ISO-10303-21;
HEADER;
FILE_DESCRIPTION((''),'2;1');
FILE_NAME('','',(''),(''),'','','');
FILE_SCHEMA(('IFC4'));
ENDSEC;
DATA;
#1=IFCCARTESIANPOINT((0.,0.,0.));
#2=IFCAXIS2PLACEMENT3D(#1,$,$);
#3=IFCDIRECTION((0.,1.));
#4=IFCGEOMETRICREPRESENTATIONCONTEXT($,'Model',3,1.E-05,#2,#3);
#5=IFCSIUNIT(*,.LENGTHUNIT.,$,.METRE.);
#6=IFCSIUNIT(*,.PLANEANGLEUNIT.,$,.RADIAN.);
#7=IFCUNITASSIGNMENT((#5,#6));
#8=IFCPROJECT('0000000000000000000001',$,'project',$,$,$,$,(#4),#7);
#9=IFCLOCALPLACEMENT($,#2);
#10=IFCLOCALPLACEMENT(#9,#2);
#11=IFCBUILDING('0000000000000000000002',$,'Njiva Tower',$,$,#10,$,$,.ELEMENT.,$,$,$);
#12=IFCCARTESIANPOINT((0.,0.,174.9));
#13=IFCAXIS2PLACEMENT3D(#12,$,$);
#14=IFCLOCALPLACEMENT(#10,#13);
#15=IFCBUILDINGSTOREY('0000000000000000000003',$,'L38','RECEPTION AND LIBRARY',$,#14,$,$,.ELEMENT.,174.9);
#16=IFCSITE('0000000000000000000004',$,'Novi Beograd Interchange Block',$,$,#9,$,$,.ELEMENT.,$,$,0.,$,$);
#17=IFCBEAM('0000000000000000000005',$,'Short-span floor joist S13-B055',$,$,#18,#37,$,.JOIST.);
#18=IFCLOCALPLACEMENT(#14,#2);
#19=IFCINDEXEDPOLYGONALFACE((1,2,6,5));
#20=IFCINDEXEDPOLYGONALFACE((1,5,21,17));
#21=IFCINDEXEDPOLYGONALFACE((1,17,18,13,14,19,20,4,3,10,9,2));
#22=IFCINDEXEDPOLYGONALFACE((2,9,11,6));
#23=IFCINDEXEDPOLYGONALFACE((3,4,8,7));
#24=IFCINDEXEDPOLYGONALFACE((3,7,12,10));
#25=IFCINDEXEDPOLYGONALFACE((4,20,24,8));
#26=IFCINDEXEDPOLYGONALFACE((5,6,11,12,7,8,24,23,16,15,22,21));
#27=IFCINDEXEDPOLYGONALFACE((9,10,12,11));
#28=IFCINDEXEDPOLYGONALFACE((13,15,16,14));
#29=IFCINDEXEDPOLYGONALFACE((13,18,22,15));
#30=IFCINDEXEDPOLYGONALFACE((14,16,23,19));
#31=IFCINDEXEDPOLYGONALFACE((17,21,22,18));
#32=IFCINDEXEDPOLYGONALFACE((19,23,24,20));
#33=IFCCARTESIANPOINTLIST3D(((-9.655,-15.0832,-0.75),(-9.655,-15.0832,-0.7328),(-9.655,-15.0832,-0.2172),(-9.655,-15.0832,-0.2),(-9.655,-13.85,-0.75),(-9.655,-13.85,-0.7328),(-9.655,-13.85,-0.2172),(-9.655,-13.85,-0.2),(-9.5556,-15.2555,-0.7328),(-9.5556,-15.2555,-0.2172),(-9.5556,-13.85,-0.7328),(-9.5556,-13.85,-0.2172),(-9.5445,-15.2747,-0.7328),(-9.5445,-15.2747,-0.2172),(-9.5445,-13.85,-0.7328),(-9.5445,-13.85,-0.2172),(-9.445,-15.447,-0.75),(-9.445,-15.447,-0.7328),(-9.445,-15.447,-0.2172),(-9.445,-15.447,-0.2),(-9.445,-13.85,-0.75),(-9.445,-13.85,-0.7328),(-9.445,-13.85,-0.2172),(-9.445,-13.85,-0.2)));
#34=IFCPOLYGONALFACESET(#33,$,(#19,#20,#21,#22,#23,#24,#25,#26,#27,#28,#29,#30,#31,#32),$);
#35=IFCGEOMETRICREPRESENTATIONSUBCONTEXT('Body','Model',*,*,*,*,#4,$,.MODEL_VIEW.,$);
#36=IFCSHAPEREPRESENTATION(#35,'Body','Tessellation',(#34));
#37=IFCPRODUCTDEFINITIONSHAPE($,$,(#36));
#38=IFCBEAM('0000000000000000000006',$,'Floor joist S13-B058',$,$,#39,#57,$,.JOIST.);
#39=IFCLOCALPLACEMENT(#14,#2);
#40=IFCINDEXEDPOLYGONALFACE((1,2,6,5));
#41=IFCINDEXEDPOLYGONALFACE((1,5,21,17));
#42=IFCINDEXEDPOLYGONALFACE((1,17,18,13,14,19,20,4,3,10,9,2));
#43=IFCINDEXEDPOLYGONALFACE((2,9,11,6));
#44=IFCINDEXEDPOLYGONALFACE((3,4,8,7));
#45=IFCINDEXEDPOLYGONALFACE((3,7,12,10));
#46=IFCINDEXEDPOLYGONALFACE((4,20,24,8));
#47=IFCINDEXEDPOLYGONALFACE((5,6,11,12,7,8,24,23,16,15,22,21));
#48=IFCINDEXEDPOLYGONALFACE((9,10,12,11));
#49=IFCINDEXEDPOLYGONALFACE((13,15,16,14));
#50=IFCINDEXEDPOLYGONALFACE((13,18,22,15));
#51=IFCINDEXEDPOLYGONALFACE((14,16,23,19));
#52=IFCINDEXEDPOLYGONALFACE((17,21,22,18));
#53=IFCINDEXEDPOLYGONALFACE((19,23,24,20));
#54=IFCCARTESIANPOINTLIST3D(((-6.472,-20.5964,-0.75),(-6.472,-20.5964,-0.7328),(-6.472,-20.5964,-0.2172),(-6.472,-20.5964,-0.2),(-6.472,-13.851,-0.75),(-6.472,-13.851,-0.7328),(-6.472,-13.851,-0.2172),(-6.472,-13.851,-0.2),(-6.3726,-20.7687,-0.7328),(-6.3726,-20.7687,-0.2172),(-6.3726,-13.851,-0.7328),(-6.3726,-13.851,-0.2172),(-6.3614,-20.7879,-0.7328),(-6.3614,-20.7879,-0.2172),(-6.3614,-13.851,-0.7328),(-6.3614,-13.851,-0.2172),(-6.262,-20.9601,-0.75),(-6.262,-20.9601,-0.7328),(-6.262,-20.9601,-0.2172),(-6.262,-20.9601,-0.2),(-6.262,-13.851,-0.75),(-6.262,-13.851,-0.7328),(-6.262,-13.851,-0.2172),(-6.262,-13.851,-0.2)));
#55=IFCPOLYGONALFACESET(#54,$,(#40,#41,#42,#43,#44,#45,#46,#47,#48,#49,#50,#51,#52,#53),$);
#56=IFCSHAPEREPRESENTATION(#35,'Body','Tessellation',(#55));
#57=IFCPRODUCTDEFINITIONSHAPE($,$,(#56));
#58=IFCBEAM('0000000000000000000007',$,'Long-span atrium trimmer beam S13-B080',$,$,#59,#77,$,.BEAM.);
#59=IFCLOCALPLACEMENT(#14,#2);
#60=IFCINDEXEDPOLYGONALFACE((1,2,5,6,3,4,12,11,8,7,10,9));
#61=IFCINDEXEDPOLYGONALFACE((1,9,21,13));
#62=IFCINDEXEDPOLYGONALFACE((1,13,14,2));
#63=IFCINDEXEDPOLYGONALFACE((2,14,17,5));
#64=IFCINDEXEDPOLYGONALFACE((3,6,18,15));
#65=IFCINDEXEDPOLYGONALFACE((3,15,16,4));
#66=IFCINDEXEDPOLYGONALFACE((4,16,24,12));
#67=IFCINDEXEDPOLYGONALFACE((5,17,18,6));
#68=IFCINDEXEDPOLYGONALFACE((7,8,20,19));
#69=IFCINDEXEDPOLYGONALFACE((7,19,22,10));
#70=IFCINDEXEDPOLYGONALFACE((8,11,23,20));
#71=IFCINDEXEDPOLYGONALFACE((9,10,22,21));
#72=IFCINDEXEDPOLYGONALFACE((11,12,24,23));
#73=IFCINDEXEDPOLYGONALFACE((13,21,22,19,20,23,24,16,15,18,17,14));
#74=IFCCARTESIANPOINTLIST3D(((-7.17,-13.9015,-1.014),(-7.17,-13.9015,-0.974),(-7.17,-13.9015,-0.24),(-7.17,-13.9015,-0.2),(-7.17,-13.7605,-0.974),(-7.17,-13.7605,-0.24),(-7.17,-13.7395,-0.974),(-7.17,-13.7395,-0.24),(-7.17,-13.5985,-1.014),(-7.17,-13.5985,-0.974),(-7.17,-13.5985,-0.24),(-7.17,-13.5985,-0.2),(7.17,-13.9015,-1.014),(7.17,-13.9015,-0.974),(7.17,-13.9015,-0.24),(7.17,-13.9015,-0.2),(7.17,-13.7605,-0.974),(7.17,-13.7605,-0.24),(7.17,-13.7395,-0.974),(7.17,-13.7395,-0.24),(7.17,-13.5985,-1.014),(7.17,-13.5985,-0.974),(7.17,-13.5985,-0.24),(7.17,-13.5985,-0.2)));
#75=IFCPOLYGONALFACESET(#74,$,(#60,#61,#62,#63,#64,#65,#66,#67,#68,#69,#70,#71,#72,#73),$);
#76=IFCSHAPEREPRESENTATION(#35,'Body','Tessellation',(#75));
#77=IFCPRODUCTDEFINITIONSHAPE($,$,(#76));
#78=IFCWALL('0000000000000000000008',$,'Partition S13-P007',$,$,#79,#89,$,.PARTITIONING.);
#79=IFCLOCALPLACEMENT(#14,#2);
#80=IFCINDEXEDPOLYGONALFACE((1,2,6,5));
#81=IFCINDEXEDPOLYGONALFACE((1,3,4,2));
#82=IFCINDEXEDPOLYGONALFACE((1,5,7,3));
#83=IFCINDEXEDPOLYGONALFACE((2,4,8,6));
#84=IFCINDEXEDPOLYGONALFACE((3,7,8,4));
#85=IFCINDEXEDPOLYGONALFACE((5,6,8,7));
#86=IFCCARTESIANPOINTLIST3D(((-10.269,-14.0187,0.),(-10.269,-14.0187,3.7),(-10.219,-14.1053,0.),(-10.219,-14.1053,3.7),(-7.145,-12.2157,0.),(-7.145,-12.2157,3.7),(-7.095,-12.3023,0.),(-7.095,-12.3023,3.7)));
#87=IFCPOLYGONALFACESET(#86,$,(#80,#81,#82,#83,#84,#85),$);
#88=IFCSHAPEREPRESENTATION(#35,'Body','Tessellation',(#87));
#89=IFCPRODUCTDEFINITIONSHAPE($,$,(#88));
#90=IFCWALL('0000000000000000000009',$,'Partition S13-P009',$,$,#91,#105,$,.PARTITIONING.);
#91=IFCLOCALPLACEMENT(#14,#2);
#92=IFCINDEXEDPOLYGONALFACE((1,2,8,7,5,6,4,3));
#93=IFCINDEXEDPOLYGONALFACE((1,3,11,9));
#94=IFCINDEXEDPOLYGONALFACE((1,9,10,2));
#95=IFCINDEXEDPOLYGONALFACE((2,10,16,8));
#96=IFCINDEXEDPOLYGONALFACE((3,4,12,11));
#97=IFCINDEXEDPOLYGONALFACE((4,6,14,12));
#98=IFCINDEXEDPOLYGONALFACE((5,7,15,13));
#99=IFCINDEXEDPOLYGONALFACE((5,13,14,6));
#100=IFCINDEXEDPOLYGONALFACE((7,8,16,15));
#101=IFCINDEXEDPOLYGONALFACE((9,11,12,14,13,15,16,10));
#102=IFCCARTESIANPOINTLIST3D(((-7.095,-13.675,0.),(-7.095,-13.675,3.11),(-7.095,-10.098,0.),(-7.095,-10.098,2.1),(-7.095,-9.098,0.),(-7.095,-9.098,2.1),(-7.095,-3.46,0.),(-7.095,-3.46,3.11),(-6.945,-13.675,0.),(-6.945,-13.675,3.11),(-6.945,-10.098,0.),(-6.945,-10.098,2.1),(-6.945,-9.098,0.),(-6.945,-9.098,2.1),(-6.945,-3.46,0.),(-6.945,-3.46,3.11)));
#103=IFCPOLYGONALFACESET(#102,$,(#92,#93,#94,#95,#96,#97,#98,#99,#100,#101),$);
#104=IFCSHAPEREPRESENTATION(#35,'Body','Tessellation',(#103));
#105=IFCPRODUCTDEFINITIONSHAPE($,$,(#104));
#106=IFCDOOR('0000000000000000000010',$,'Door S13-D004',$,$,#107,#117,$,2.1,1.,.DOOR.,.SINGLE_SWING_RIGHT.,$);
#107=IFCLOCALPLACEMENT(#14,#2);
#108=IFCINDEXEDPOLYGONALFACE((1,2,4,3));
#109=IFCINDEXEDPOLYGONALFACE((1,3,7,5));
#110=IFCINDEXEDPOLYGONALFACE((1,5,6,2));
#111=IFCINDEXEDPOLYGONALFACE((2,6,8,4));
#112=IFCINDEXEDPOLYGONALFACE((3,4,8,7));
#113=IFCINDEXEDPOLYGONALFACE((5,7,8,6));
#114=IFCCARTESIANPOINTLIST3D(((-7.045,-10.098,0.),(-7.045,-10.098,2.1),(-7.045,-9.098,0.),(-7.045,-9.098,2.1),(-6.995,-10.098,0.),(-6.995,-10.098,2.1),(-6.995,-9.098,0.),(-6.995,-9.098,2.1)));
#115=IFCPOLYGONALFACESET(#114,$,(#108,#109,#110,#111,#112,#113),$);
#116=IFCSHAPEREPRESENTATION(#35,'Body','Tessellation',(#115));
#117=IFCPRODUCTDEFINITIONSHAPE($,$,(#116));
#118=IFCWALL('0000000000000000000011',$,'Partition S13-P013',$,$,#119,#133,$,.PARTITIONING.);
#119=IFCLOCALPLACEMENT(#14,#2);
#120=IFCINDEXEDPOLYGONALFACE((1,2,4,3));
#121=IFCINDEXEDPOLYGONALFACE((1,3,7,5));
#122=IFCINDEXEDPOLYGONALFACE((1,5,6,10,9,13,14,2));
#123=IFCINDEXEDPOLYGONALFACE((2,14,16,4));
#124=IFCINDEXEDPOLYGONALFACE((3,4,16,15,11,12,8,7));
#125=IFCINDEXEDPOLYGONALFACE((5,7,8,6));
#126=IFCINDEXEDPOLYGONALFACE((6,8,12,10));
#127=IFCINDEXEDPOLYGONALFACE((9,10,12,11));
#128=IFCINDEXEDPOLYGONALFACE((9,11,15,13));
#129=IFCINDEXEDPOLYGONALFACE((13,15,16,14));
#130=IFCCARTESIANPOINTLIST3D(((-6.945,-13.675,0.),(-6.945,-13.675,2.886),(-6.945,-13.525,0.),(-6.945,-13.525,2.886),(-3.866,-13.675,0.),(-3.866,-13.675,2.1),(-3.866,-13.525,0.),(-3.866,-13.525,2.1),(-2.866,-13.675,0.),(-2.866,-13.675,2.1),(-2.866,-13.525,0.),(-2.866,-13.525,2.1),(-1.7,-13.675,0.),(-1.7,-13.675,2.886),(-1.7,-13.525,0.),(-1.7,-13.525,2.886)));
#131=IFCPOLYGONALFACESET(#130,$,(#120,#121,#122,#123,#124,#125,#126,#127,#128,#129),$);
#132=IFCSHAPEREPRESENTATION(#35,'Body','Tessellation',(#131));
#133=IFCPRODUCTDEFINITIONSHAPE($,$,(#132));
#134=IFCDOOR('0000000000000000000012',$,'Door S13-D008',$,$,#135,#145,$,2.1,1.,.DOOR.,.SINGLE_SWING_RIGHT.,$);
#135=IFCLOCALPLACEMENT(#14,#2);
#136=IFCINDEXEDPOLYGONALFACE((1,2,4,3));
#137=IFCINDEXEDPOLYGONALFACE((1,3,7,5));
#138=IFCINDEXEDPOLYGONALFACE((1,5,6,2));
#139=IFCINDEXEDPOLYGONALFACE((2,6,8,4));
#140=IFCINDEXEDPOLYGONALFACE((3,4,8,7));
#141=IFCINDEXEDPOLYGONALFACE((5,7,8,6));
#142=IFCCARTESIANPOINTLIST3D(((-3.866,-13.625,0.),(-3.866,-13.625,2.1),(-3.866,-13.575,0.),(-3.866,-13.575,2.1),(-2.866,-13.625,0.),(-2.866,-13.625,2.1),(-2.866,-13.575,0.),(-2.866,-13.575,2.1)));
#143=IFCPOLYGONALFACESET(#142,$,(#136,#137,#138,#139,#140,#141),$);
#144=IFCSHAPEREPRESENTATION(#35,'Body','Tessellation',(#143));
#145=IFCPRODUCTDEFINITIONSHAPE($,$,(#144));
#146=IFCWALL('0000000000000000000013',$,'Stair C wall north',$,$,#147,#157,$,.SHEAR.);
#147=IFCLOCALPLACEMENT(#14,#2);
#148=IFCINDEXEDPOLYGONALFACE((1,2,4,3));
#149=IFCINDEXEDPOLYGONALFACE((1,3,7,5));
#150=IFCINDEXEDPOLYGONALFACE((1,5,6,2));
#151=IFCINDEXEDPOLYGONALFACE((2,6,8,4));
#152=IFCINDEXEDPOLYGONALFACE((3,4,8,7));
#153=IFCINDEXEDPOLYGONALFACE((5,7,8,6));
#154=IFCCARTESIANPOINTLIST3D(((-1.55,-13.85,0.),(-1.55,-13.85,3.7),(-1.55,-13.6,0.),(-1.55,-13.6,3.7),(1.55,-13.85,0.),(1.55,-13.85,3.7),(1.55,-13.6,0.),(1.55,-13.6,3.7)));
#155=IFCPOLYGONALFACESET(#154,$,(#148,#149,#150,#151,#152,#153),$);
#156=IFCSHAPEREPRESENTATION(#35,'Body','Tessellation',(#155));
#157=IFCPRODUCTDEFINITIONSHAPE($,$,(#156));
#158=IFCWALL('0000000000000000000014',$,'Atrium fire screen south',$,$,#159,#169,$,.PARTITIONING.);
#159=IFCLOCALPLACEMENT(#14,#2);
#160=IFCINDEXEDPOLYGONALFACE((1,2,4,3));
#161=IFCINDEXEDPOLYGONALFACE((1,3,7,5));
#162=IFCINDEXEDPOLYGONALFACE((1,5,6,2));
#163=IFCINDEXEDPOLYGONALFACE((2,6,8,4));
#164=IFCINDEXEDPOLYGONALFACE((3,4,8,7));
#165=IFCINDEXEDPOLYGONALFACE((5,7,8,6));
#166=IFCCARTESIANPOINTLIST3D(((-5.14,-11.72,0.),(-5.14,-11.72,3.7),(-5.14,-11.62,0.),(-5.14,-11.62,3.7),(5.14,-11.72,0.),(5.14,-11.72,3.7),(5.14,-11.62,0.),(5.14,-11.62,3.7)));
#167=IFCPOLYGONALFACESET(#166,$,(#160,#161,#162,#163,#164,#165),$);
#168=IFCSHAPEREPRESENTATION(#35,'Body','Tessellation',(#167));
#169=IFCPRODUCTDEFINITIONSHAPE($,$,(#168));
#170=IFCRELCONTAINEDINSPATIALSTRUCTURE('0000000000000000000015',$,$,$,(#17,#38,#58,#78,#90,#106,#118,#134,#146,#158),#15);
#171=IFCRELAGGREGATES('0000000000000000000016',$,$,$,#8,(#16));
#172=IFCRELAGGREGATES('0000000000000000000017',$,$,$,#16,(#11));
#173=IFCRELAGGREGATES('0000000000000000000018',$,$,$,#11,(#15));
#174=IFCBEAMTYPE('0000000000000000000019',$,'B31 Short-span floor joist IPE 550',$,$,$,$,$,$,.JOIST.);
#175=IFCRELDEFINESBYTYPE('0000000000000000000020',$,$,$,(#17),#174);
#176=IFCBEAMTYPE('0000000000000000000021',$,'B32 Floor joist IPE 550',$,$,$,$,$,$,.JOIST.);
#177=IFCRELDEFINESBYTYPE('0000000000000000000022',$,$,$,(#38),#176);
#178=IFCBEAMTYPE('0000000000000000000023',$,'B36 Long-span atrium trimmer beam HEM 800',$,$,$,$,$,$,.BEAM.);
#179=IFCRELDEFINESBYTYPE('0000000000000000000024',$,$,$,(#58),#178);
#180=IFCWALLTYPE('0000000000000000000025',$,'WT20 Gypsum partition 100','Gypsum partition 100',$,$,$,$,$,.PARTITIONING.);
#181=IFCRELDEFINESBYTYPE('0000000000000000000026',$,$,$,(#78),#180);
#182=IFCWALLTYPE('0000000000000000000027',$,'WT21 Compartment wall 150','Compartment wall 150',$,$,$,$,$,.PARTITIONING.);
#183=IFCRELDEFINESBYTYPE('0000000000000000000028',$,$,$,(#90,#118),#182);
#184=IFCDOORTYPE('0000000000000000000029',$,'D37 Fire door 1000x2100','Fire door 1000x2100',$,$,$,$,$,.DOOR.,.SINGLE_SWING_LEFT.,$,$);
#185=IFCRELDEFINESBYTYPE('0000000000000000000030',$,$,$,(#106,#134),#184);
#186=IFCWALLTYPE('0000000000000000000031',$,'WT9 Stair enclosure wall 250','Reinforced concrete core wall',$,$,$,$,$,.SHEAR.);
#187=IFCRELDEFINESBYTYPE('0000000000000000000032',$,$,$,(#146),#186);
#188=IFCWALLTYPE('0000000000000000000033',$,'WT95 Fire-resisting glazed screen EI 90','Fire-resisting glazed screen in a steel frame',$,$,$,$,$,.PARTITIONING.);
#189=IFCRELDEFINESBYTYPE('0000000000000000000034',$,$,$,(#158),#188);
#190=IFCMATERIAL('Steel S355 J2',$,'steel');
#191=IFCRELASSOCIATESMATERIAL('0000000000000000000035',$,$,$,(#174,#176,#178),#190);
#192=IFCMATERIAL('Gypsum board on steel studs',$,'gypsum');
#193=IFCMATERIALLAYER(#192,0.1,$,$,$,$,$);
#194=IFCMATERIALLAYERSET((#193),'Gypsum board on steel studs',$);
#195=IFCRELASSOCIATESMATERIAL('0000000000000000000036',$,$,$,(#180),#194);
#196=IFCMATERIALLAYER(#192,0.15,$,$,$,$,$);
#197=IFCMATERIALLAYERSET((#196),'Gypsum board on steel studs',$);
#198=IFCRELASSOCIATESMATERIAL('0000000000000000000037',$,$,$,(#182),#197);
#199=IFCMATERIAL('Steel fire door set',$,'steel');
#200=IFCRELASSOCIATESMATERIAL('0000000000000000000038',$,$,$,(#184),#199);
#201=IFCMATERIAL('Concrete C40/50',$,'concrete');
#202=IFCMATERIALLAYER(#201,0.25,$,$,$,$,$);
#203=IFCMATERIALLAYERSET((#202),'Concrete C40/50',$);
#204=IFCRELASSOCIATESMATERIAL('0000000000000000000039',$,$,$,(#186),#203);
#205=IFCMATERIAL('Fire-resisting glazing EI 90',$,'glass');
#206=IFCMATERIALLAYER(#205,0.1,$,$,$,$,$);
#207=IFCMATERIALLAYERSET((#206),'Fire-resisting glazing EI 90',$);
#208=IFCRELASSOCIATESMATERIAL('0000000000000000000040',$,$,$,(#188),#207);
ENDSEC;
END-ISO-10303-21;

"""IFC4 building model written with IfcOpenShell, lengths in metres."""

from ifc_helpers import new_model, si_unit, direction, frame, frame_2d, origin, origin_2d, place, context, subcontext, project, spatial, rectangle, i_section, extrude, clip, halfspace, material, layer, layer_set, material_profile, profile_set, type_object, element, fill, save


model = new_model("IFC4")

# Units and contexts
model_context = context("Model", 3, precision=1e-05, world=origin(), true_north=direction((0.0, 1.0)))
body_context = subcontext(model_context, "Body", "Model", "MODEL_VIEW")
ifc_project = project(units=[si_unit("LENGTHUNIT", "METRE"), si_unit("PLANEANGLEUNIT", "RADIAN")], contexts=[model_context])

# Site, building, storey
site_placement = place(None, origin())
site = spatial("IfcSite", under=ifc_project, at=site_placement, Name="Novi Beograd Interchange Block", CompositionType="ELEMENT", RefElevation=0.0)
building_placement = place(site_placement, origin())
building = spatial("IfcBuilding", under=site, at=building_placement, Name="Njiva Tower", CompositionType="ELEMENT")
storey_placement = place(building_placement, frame((0.0, 0.0, 174.9)))
storey = spatial("IfcBuildingStorey", under=building, at=storey_placement, Name="L38", Description="RECEPTION AND LIBRARY", CompositionType="ELEMENT", Elevation=174.9)

# Shared definitions
ifc_material_1 = material(Name="Steel S355 J2", Category="steel")

# Beams
ifc_material_profile_1 = material_profile(ifc_material_1, i_section(OverallWidth=0.21, OverallDepth=0.55, WebThickness=0.0111, FlangeThickness=0.0172, at=origin_2d()), Name="IPE 550")
ifc_profile_set_1 = profile_set([ifc_material_profile_1], Name="Steel S355 J2")
beam_type_1 = type_object("IfcBeamType", Name="B31 Short-span floor joist IPE 550", PredefinedType="JOIST", material=ifc_profile_set_1)
beam_1_placement = place(storey_placement, frame((-9.55, -13.85, -0.475), z_axis=(0.0, -1.0, 0.0), x_axis=(1.0, 0.0, 0.0)))
element("IfcBeam", 1, at=beam_1_placement, inside=storey, type_object=beam_type_1, Name="Short-span floor joist S13-B055", PredefinedType="JOIST", context=body_context, shape_type="Clipping", body=[
    clip(extrude(i_section(OverallWidth=0.21, OverallDepth=0.55, WebThickness=0.0111, FlangeThickness=0.0172, at=origin_2d()), origin(), (0.0, 0.0, 1.0), 1.617), halfspace(frame((-0.0433, 0.0, 1.3401), z_axis=(-0.866027, 0.0, 0.499998), x_axis=(0.0, 1.0, 0.0)), False)),
])
ifc_material_profile_2 = material_profile(ifc_material_1, i_section(OverallWidth=0.21, OverallDepth=0.55, WebThickness=0.0111, FlangeThickness=0.0172, at=origin_2d()), Name="IPE 550")
ifc_profile_set_2 = profile_set([ifc_material_profile_2], Name="Steel S355 J2")
beam_type_2 = type_object("IfcBeamType", Name="B32 Floor joist IPE 550", PredefinedType="JOIST", material=ifc_profile_set_2)
beam_2_placement = place(storey_placement, frame((-6.367, -13.851, -0.475), z_axis=(0.0, -1.0, 0.0), x_axis=(1.0, 0.0, 0.0)))
element("IfcBeam", 2, at=beam_2_placement, inside=storey, type_object=beam_type_2, Name="Floor joist S13-B058", PredefinedType="JOIST", context=body_context, shape_type="Clipping", body=[
    clip(extrude(i_section(OverallWidth=0.21, OverallDepth=0.55, WebThickness=0.0111, FlangeThickness=0.0172, at=origin_2d()), origin(), (0.0, 0.0, 1.0), 7.13), halfspace(frame((-0.043, 0.0, 6.8528), z_axis=(-0.866027, 0.0, 0.499998), x_axis=(0.0, 1.0, 0.0)), False)),
])
ifc_material_profile_3 = material_profile(ifc_material_1, i_section(OverallWidth=0.303, OverallDepth=0.814, WebThickness=0.021, FlangeThickness=0.04, at=origin_2d()), Name="HEM 800")
ifc_profile_set_3 = profile_set([ifc_material_profile_3], Name="Steel S355 J2")
beam_type_3 = type_object("IfcBeamType", Name="B36 Long-span atrium trimmer beam HEM 800", PredefinedType="BEAM", material=ifc_profile_set_3)
beam_3_placement = place(storey_placement, frame((-7.17, -13.75, -0.607), z_axis=(1.0, 0.0, 0.0), x_axis=(0.0, 1.0, 0.0)))
element("IfcBeam", 3, at=beam_3_placement, inside=storey, type_object=beam_type_3, Name="Long-span atrium trimmer beam S13-B080", PredefinedType="BEAM", context=body_context, shape_type="SweptSolid", body=[
    extrude(i_section(OverallWidth=0.303, OverallDepth=0.814, WebThickness=0.021, FlangeThickness=0.04, at=origin_2d()), origin(), (0.0, 0.0, 1.0), 14.34),
])

# Wall
ifc_material_2 = material(Name="Gypsum board on steel studs", Category="gypsum")
ifc_layer_1 = layer(ifc_material_2, 0.1)
ifc_layer_set_1 = layer_set([ifc_layer_1], Name="Gypsum board on steel studs")
wall_type_1 = type_object("IfcWallType", Name="WT20 Gypsum partition 100", Description="Gypsum partition 100", PredefinedType="PARTITIONING", material=ifc_layer_set_1)
wall_1_placement = place(storey_placement, frame((-10.244, -14.062, 0.0), z_axis=(0.0, 0.0, 1.0), x_axis=(0.866102, 0.499866, 0.0)))
element("IfcWall", 4, at=wall_1_placement, inside=storey, type_object=wall_type_1, Name="Partition S13-P007", PredefinedType="PARTITIONING", context=body_context, shape_type="SweptSolid", body=[
    extrude(rectangle(XDim=3.607, YDim=0.1, at=frame_2d((1.8035, 0.0))), origin(), (0.0, 0.0, 1.0), 3.7),
])

# Walls, openings, doors
ifc_layer_2 = layer(ifc_material_2, 0.15)
ifc_layer_set_2 = layer_set([ifc_layer_2], Name="Gypsum board on steel studs")
wall_type_2 = type_object("IfcWallType", Name="WT21 Compartment wall 150", Description="Compartment wall 150", PredefinedType="PARTITIONING", material=ifc_layer_set_2)
wall_2_placement = place(storey_placement, frame((-7.02, -13.675, 0.0), z_axis=(0.0, 0.0, 1.0), x_axis=(0.0, 1.0, 0.0)))
wall_2 = element("IfcWall", 5, at=wall_2_placement, inside=storey, type_object=wall_type_2, Name="Partition S13-P009", PredefinedType="PARTITIONING", context=body_context, shape_type="SweptSolid", body=[
    extrude(rectangle(XDim=10.215, YDim=0.15, at=frame_2d((5.1075, 0.0))), origin(), (0.0, 0.0, 1.0), 3.11),
])
opening_1_placement = place(wall_2_placement, frame((3.577, 0.0, 0.0)))
opening_1 = element("IfcOpeningElement", 6, at=opening_1_placement, cuts=wall_2, PredefinedType="OPENING", context=body_context, shape_type="SweptSolid", body=[
    extrude(rectangle(XDim=1.0, YDim=2.1, at=frame_2d((0.5, 1.05))), frame((0.0, 0.085, 0.0), z_axis=(0.0, -1.0, 0.0), x_axis=(1.0, 0.0, 0.0)), (0.0, 0.0, 1.0), 0.17),
])
ifc_material_3 = material(Name="Steel fire door set", Category="steel")
door_type = type_object("IfcDoorType", Name="D37 Fire door 1000x2100", Description="Fire door 1000x2100", OperationType="SINGLE_SWING_LEFT", PredefinedType="DOOR", material=ifc_material_3)
door_1_placement = place(opening_1_placement, origin())
door_1 = element("IfcDoor", 7, at=door_1_placement, inside=storey, type_object=door_type, Name="Door S13-D004", OperationType="SINGLE_SWING_RIGHT", OverallHeight=2.1, OverallWidth=1.0, PredefinedType="DOOR", context=body_context, shape_type="SweptSolid", body=[
    extrude(rectangle(XDim=1.0, YDim=2.1, at=frame_2d((0.5, 1.05))), frame((0.0, 0.025, 0.0), z_axis=(0.0, -1.0, 0.0), x_axis=(1.0, 0.0, 0.0)), (0.0, 0.0, 1.0), 0.05),
])
fill(opening_1, door_1)
wall_3_placement = place(storey_placement, frame((-6.945, -13.6, 0.0), z_axis=(0.0, 0.0, 1.0), x_axis=(1.0, 0.0, 0.0)))
wall_3 = element("IfcWall", 8, at=wall_3_placement, inside=storey, type_object=wall_type_2, Name="Partition S13-P013", PredefinedType="PARTITIONING", context=body_context, shape_type="SweptSolid", body=[
    extrude(rectangle(XDim=5.245, YDim=0.15, at=frame_2d((2.6225, 0.0))), origin(), (0.0, 0.0, 1.0), 2.886),
])
opening_2_placement = place(wall_3_placement, frame((3.079, 0.0, 0.0)))
opening_2 = element("IfcOpeningElement", 9, at=opening_2_placement, cuts=wall_3, PredefinedType="OPENING", context=body_context, shape_type="SweptSolid", body=[
    extrude(rectangle(XDim=1.0, YDim=2.1, at=frame_2d((0.5, 1.05))), frame((0.0, 0.085, 0.0), z_axis=(0.0, -1.0, 0.0), x_axis=(1.0, 0.0, 0.0)), (0.0, 0.0, 1.0), 0.17),
])
door_2_placement = place(opening_2_placement, origin())
door_2 = element("IfcDoor", 10, at=door_2_placement, inside=storey, type_object=door_type, Name="Door S13-D008", OperationType="SINGLE_SWING_RIGHT", OverallHeight=2.1, OverallWidth=1.0, PredefinedType="DOOR", context=body_context, shape_type="SweptSolid", body=[
    extrude(rectangle(XDim=1.0, YDim=2.1, at=frame_2d((0.5, 1.05))), frame((0.0, 0.025, 0.0), z_axis=(0.0, -1.0, 0.0), x_axis=(1.0, 0.0, 0.0)), (0.0, 0.0, 1.0), 0.05),
])
fill(opening_2, door_2)

# Walls
ifc_material_4 = material(Name="Concrete C40/50", Category="concrete")
ifc_layer_3 = layer(ifc_material_4, 0.25)
ifc_layer_set_3 = layer_set([ifc_layer_3], Name="Concrete C40/50")
wall_type_3 = type_object("IfcWallType", Name="WT9 Stair enclosure wall 250", Description="Reinforced concrete core wall", PredefinedType="SHEAR", material=ifc_layer_set_3)
wall_4_placement = place(storey_placement, frame((-1.55, -13.725, 0.0), z_axis=(0.0, 0.0, 1.0), x_axis=(1.0, 0.0, 0.0)))
element("IfcWall", 11, at=wall_4_placement, inside=storey, type_object=wall_type_3, Name="Stair C wall north", PredefinedType="SHEAR", context=body_context, shape_type="SweptSolid", body=[
    extrude(rectangle(XDim=3.1, YDim=0.25, at=frame_2d((1.55, 0.0))), origin(), (0.0, 0.0, 1.0), 3.7),
])
ifc_material_5 = material(Name="Fire-resisting glazing EI 90", Category="glass")
ifc_layer_4 = layer(ifc_material_5, 0.1)
ifc_layer_set_4 = layer_set([ifc_layer_4], Name="Fire-resisting glazing EI 90")
wall_type_4 = type_object("IfcWallType", Name="WT95 Fire-resisting glazed screen EI 90", Description="Fire-resisting glazed screen in a steel frame", PredefinedType="PARTITIONING", material=ifc_layer_set_4)
wall_5_placement = place(storey_placement, frame((-5.14, -11.67, 0.0), z_axis=(0.0, 0.0, 1.0), x_axis=(1.0, 0.0, 0.0)))
element("IfcWall", 12, at=wall_5_placement, inside=storey, type_object=wall_type_4, Name="Atrium fire screen south", PredefinedType="PARTITIONING", context=body_context, shape_type="SweptSolid", body=[
    extrude(rectangle(XDim=10.28, YDim=0.1, at=frame_2d((5.14, 0.0))), origin(), (0.0, 0.0, 1.0), 3.7),
])

save(model, "model.ifc")
